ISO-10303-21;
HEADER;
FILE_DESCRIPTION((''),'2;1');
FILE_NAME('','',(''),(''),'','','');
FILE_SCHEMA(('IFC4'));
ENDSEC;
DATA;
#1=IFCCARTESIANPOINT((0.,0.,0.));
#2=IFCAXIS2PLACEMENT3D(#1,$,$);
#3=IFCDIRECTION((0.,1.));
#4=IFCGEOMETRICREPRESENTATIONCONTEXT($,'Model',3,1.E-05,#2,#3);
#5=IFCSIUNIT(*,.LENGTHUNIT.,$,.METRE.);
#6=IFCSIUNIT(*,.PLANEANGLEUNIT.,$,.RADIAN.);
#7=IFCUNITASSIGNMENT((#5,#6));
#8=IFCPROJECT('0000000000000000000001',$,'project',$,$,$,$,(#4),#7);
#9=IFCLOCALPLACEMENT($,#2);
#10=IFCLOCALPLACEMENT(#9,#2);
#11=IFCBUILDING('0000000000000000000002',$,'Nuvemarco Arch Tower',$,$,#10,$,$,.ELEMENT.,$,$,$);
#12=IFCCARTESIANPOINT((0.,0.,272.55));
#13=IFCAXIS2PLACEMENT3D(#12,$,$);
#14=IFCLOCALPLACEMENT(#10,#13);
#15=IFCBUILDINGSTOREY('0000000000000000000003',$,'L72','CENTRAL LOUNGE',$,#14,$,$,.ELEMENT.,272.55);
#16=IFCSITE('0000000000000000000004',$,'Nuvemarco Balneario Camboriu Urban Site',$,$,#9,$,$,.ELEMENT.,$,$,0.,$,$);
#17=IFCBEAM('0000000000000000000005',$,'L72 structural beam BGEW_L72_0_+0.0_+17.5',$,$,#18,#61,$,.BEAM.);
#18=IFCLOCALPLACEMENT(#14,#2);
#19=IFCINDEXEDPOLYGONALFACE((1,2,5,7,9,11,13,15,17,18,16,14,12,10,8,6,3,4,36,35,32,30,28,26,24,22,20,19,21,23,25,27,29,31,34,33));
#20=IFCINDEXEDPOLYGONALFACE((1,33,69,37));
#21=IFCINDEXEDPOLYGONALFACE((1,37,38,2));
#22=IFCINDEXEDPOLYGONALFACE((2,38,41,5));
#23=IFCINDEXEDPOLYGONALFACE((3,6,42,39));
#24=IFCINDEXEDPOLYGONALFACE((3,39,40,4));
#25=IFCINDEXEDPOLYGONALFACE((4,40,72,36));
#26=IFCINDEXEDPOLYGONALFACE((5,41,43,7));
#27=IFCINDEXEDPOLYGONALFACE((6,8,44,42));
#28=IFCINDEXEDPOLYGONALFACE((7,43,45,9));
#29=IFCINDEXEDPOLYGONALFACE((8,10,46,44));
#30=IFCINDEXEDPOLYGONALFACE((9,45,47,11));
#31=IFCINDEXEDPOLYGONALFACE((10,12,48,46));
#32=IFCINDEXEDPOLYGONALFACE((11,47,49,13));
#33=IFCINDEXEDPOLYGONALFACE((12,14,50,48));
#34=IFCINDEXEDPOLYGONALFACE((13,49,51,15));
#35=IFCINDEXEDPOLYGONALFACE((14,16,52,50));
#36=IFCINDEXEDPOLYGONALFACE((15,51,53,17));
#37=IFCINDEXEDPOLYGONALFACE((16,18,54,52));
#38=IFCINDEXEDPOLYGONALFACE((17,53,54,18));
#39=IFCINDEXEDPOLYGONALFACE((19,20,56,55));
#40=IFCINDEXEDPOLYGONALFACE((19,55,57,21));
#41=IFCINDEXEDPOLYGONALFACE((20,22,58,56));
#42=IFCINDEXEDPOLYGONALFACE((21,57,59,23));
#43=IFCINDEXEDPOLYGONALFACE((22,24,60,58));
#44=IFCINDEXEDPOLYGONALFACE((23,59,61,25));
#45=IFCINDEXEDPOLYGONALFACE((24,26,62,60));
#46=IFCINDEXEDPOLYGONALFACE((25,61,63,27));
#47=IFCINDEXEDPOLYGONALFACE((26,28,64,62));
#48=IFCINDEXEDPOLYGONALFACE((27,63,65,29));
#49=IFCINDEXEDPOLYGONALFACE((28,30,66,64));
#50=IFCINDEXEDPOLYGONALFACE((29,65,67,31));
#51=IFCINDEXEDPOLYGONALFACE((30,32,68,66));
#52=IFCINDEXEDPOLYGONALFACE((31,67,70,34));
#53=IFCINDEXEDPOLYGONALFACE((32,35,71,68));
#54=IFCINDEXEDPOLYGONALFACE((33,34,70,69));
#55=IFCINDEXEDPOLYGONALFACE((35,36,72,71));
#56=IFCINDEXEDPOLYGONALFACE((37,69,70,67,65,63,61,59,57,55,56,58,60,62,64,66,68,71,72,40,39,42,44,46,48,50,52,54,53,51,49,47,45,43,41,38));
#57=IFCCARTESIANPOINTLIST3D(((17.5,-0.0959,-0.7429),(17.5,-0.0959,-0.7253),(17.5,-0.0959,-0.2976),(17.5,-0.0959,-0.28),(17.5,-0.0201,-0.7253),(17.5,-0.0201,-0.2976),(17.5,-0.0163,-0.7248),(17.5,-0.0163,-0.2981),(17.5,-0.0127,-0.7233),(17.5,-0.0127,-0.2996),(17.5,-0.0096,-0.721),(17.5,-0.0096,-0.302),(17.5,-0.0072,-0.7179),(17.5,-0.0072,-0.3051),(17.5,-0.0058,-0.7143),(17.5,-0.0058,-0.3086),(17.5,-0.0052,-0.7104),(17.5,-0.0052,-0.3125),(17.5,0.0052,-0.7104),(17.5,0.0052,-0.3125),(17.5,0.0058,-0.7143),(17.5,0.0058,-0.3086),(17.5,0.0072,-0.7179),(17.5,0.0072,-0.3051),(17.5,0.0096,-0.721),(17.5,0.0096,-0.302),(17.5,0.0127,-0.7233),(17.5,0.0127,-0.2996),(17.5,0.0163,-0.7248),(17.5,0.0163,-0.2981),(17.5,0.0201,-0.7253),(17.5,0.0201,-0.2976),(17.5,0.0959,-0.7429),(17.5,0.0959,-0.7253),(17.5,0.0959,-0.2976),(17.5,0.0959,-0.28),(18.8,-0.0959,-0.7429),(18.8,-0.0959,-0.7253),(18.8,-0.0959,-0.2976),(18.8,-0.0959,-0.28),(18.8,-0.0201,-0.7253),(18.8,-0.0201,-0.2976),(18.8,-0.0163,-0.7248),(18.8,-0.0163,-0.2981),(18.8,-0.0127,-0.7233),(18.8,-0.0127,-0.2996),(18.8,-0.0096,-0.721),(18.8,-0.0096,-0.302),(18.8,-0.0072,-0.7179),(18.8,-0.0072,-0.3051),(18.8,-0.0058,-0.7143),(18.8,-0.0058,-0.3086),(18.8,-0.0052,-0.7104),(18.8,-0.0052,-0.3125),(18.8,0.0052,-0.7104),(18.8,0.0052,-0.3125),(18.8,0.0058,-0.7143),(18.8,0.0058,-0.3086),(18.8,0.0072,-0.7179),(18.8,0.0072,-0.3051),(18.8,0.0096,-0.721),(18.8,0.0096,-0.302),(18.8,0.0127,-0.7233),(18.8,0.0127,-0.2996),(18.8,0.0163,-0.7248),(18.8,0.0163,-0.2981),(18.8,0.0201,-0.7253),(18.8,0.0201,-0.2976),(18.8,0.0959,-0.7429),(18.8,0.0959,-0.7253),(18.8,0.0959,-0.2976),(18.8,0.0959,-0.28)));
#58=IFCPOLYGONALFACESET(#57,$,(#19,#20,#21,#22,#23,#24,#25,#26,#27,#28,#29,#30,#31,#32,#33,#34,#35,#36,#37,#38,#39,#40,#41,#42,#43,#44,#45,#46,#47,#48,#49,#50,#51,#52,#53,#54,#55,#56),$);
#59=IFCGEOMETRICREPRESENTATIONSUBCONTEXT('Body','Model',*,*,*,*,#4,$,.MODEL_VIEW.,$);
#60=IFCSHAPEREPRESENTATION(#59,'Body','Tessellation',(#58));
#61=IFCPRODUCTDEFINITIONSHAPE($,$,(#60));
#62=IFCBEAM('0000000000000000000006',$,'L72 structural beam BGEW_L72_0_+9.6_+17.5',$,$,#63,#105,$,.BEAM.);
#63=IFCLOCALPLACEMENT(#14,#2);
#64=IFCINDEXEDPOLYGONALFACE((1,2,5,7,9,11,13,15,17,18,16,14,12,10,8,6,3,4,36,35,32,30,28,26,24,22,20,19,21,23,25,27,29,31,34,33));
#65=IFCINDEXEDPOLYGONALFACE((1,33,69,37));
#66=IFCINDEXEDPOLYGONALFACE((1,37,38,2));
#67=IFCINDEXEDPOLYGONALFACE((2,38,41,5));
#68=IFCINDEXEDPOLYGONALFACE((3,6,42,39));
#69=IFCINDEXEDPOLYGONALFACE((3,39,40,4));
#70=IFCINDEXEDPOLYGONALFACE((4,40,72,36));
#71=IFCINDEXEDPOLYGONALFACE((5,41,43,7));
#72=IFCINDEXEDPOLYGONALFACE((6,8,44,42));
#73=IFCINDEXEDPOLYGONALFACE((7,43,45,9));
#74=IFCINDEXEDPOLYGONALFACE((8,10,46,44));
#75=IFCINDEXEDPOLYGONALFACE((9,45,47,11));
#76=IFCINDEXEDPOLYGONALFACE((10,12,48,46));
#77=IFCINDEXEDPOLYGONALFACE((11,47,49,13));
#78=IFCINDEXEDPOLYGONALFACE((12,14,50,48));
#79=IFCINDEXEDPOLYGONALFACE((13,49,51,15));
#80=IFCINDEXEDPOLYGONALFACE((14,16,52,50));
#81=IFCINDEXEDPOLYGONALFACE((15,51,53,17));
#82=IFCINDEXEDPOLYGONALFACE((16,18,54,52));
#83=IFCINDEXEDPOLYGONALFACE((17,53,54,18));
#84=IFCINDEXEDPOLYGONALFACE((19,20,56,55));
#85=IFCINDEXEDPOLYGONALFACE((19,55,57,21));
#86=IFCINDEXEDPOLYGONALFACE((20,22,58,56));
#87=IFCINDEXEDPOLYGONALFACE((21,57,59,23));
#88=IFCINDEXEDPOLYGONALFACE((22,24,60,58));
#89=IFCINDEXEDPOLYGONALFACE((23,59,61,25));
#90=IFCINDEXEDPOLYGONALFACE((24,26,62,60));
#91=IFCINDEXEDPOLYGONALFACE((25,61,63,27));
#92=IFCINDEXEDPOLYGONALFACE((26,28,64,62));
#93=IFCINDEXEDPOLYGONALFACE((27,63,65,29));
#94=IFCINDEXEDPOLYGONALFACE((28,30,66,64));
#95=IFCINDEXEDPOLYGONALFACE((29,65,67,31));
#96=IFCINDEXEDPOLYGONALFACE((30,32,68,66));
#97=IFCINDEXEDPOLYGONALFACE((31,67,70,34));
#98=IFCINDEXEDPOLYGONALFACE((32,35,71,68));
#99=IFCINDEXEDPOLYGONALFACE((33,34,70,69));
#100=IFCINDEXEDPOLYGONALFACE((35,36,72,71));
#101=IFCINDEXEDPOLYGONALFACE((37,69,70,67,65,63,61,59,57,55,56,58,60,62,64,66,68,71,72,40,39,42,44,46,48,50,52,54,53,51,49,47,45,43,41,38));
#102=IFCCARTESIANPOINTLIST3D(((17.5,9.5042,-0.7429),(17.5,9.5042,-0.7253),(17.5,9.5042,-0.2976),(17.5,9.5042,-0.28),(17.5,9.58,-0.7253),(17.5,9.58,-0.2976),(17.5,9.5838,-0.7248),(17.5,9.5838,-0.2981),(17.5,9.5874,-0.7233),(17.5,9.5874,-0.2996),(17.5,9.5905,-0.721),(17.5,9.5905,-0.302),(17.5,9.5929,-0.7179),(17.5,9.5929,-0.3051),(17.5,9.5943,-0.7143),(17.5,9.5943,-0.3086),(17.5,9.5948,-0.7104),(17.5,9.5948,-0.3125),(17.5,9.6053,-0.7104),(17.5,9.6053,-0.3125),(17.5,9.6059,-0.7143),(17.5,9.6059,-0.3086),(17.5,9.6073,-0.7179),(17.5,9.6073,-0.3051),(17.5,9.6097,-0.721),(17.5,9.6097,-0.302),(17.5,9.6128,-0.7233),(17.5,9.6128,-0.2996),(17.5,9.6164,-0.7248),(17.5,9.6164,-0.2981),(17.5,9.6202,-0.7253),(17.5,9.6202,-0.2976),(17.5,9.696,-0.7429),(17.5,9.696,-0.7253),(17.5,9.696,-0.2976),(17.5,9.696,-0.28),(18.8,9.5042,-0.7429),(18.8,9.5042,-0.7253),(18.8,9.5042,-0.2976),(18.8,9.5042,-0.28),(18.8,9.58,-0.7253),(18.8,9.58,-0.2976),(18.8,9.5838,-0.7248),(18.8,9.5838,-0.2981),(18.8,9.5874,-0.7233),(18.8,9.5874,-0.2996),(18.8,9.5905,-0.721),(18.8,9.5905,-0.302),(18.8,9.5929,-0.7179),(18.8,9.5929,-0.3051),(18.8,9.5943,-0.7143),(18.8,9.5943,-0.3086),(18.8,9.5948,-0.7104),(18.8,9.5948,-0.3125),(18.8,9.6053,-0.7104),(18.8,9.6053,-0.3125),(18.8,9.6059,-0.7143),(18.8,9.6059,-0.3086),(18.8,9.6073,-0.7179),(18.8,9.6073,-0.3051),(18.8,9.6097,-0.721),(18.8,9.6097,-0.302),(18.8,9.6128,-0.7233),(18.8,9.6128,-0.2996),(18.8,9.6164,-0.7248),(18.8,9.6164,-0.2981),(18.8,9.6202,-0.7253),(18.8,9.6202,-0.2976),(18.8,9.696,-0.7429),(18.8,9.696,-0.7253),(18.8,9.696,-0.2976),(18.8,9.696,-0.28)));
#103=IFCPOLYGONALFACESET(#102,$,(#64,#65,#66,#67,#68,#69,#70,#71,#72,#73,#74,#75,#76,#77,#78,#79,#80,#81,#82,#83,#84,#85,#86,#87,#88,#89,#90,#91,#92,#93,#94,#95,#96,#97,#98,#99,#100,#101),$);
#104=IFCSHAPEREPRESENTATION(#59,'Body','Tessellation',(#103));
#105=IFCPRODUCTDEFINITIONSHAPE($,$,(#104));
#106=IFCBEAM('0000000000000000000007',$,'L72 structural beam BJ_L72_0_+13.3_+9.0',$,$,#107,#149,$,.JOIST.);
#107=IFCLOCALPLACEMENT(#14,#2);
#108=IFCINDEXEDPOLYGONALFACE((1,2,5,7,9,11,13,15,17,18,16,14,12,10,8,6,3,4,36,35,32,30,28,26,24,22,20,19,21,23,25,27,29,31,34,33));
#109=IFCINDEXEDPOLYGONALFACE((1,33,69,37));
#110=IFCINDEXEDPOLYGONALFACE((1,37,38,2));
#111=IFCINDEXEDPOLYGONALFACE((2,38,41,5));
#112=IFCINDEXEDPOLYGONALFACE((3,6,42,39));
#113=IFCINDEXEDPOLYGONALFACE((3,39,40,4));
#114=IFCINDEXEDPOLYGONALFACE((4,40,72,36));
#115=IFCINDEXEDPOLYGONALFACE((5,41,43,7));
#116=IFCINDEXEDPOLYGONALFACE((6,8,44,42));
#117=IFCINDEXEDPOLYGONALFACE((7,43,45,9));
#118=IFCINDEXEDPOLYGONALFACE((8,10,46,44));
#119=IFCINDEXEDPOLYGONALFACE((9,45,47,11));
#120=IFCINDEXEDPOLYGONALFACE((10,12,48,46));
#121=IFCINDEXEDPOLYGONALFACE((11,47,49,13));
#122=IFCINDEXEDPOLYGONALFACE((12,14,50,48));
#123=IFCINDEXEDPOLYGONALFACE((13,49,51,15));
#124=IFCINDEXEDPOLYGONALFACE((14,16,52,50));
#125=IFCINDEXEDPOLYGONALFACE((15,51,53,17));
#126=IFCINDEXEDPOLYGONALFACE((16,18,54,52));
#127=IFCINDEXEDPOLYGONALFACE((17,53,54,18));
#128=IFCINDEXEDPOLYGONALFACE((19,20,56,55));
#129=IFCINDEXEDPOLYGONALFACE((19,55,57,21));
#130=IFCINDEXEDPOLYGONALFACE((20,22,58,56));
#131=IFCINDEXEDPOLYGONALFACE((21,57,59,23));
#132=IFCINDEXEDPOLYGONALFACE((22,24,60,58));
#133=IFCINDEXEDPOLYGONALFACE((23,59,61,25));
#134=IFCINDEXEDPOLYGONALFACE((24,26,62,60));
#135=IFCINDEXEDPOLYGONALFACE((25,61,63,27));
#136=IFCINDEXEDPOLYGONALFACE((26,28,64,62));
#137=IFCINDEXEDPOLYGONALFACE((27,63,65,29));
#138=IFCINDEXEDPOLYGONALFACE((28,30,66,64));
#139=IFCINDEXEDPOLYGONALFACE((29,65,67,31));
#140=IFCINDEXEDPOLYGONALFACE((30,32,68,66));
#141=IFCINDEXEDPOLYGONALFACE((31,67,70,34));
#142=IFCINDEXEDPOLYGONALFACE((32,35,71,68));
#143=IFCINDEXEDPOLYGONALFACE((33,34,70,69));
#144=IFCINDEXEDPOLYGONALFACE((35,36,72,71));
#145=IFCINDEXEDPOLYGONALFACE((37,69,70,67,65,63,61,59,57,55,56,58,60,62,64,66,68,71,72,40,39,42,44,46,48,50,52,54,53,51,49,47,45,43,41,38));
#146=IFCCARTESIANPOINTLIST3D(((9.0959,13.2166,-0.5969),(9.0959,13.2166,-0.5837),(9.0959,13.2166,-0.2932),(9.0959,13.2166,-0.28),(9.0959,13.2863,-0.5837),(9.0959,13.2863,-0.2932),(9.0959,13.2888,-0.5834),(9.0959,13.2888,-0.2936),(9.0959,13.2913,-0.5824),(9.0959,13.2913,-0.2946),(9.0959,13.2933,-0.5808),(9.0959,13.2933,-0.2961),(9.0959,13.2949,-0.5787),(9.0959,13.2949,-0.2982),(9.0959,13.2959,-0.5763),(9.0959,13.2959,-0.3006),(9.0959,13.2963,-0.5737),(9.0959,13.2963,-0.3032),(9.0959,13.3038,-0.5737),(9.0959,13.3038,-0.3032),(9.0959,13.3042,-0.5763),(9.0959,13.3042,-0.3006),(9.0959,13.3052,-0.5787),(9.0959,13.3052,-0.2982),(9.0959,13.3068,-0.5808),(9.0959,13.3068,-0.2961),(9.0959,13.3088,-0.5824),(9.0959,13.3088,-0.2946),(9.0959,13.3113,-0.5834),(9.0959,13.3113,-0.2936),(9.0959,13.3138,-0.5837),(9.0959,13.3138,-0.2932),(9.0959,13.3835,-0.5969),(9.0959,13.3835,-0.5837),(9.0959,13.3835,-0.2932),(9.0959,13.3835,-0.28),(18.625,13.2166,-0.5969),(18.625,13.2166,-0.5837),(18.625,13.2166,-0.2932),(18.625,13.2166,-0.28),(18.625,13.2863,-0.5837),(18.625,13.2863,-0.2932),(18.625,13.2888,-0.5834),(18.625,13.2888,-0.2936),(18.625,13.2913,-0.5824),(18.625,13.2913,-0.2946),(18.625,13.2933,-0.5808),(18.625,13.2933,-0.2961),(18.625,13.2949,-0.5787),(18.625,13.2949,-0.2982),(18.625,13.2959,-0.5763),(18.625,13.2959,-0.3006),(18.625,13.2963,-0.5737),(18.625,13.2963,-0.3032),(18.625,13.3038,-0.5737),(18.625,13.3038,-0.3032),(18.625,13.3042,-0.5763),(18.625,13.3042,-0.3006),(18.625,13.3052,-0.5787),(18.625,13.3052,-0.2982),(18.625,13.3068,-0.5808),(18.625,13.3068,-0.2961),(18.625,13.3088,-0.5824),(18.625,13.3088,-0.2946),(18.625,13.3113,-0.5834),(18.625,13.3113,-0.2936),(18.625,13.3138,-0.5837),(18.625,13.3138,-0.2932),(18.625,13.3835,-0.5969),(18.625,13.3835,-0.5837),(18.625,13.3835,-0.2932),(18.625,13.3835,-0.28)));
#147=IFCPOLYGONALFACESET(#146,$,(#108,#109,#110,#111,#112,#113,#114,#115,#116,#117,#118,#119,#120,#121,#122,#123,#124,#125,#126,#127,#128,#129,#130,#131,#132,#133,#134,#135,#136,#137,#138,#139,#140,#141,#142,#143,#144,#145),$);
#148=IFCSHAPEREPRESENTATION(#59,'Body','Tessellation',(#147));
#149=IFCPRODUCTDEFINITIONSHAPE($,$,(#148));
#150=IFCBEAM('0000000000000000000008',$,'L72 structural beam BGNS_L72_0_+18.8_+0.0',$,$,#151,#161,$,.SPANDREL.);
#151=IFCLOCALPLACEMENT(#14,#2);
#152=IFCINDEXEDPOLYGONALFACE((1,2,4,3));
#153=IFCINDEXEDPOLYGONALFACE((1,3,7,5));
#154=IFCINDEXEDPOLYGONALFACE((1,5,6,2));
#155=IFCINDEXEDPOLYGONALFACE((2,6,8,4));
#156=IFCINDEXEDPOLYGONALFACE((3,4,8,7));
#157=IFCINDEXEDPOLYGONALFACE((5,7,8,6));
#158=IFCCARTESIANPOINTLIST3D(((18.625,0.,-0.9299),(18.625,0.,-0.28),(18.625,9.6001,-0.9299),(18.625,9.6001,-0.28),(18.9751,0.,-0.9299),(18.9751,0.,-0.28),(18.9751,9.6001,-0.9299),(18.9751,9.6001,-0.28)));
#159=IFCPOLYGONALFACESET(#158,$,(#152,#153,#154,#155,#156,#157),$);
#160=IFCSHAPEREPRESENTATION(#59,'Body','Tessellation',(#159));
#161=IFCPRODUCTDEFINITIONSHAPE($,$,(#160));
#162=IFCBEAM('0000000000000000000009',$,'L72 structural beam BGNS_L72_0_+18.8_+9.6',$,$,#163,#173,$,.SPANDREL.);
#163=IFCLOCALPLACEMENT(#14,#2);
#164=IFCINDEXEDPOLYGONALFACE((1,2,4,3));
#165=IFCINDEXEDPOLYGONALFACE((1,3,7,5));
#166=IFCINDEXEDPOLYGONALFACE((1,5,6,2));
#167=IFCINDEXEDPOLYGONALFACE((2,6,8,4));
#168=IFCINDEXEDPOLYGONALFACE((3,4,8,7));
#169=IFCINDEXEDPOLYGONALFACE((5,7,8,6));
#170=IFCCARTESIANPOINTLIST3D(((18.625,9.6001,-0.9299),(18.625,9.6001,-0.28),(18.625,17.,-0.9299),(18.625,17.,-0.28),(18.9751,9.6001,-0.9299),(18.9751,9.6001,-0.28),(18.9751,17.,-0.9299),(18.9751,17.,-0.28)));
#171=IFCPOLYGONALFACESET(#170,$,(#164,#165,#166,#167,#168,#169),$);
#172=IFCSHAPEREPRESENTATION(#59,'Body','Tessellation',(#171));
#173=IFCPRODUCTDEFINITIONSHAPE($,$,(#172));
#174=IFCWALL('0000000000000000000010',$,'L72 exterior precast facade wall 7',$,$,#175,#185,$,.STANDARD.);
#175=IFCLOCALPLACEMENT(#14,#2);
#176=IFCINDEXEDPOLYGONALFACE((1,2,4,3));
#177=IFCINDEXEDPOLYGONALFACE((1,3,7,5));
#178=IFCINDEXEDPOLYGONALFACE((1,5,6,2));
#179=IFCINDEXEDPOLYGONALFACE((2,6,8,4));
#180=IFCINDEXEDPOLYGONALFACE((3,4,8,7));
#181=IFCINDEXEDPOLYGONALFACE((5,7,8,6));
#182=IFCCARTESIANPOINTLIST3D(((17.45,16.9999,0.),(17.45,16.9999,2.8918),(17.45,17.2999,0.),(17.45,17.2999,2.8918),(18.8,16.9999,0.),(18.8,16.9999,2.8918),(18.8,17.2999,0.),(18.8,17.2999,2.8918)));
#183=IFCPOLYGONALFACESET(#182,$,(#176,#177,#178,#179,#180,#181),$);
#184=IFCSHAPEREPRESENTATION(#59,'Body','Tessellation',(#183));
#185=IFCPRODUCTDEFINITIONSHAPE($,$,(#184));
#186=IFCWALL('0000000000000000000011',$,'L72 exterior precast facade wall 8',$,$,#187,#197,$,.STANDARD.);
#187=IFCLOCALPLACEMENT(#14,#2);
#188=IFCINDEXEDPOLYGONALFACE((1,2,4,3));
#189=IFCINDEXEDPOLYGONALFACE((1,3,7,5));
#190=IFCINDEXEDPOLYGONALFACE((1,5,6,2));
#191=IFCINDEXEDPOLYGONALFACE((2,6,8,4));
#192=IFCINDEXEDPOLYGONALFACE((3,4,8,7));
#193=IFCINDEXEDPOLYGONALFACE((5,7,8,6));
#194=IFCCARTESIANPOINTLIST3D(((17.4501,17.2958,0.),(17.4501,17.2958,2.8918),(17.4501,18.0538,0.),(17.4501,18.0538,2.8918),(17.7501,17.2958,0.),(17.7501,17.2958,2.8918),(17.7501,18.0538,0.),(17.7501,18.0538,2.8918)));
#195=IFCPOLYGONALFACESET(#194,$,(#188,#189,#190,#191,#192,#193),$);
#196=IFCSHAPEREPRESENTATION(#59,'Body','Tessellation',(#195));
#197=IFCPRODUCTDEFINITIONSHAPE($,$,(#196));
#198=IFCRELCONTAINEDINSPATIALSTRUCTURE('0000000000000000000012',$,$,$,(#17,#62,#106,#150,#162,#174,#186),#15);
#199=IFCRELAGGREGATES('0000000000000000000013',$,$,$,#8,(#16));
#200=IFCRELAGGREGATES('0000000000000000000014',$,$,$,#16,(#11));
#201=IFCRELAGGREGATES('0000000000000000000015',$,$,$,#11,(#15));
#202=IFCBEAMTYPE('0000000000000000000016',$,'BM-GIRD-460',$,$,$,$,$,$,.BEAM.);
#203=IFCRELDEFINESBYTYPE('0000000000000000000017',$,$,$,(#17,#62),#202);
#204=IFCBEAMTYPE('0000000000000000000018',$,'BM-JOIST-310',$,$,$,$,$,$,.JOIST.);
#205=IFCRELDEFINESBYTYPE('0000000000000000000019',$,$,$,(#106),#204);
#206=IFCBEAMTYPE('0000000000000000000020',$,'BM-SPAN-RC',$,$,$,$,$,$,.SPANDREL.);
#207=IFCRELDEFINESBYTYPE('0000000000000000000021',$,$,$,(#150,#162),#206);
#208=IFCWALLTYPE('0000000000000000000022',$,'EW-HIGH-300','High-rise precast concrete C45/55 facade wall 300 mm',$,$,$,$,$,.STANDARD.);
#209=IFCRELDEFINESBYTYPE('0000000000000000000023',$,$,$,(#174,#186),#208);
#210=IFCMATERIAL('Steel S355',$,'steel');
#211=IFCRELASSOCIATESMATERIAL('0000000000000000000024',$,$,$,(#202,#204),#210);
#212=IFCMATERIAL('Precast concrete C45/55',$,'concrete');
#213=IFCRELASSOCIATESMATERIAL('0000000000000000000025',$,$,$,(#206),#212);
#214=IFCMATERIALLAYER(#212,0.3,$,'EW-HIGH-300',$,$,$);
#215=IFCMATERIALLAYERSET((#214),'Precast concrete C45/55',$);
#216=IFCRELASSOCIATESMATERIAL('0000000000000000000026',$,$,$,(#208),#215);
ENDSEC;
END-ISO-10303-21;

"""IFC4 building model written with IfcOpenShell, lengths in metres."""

from ifc_helpers import new_model, si_unit, direction, frame, frame_2d, origin, origin_2d, place, context, subcontext, project, spatial, rectangle, i_section, extrude, material, layer, layer_set, material_profile, profile_set, type_object, element, save


model = new_model("IFC4")

# Units and contexts
model_context = context("Model", 3, precision=1e-05, world=origin(), true_north=direction((0.0, 1.0)))
body_context = subcontext(model_context, "Body", "Model", "MODEL_VIEW")
ifc_project = project(units=[si_unit("LENGTHUNIT", "METRE"), si_unit("PLANEANGLEUNIT", "RADIAN")], contexts=[model_context])

# Site, building, storey
site_placement = place(None, origin())
site = spatial("IfcSite", under=ifc_project, at=site_placement, Name="Nuvemarco Balneario Camboriu Urban Site", CompositionType="ELEMENT", RefElevation=0.0)
building_placement = place(site_placement, origin())
building = spatial("IfcBuilding", under=site, at=building_placement, Name="Nuvemarco Arch Tower", CompositionType="ELEMENT")
storey_placement = place(building_placement, frame((0.0, 0.0, 272.55)))
storey = spatial("IfcBuildingStorey", under=building, at=storey_placement, Name="L72", Description="CENTRAL LOUNGE", CompositionType="ELEMENT", Elevation=272.55)

# Shared definitions
ifc_material_1 = material(Name="Steel S355", Category="steel")

# Beams
ifc_material_profile_1 = material_profile(ifc_material_1, i_section(OverallWidth=0.1919, OverallDepth=0.4629, WebThickness=0.0105, FlangeThickness=0.0176, FilletRadius=0.0149, at=origin_2d()), Name="W460x89")
ifc_profile_set_1 = profile_set([ifc_material_profile_1], Name="Steel S355")
beam_type_1 = type_object("IfcBeamType", Name="BM-GIRD-460", PredefinedType="BEAM", material=ifc_profile_set_1)
for number, where, z_axis, x_axis, name in (
    (1, (17.5, 0.0, -0.5115), (1.0, 0.0, 0.0), (0.0, 1.0, 0.0), "L72 structural beam BGEW_L72_0_+0.0_+17.5"),
    (2, (17.5, 9.6001, -0.5115), (1.0, 0.0, 0.0), (0.0, 1.0, 0.0), "L72 structural beam BGEW_L72_0_+9.6_+17.5"),
):
    element("IfcBeam", number, at=place(storey_placement, frame(where, z_axis=z_axis, x_axis=x_axis)), inside=storey, type_object=beam_type_1, Name=name, PredefinedType="BEAM", context=body_context, shape_type="SweptSolid", body=[
        extrude(i_section(OverallWidth=0.1919, OverallDepth=0.4629, WebThickness=0.0105, FlangeThickness=0.0176, FilletRadius=0.0149, at=origin_2d()), origin(), (0.0, 0.0, 1.0), 1.3),
    ])
ifc_material_profile_2 = material_profile(ifc_material_1, i_section(OverallWidth=0.167, OverallDepth=0.3169, WebThickness=0.0076, FlangeThickness=0.0132, FilletRadius=0.01, at=origin_2d()), Name="W310x52")
ifc_profile_set_2 = profile_set([ifc_material_profile_2], Name="Steel S355")
beam_type_2 = type_object("IfcBeamType", Name="BM-JOIST-310", PredefinedType="JOIST", material=ifc_profile_set_2)
beam_1_placement = place(storey_placement, frame((9.0959, 13.3, -0.4385), z_axis=(1.0, 0.0, 0.0), x_axis=(0.0, 1.0, 0.0)))
element("IfcBeam", 3, at=beam_1_placement, inside=storey, type_object=beam_type_2, Name="L72 structural beam BJ_L72_0_+13.3_+9.0", PredefinedType="JOIST", context=body_context, shape_type="SweptSolid", body=[
    extrude(i_section(OverallWidth=0.167, OverallDepth=0.3169, WebThickness=0.0076, FlangeThickness=0.0132, FilletRadius=0.01, at=origin_2d()), origin(), (0.0, 0.0, 1.0), 9.5291),
])
ifc_material_2 = material(Name="Precast concrete C45/55", Category="concrete")
ifc_material_profile_3 = material_profile(ifc_material_2, rectangle(XDim=0.3501, YDim=0.6499, at=origin_2d()), Name="PC-SP-350x650")
ifc_profile_set_3 = profile_set([ifc_material_profile_3], Name="Precast concrete C45/55")
beam_type_3 = type_object("IfcBeamType", Name="BM-SPAN-RC", PredefinedType="SPANDREL", material=ifc_profile_set_3)
beam_2_placement = place(storey_placement, frame((18.8, 0.0, -0.605), z_axis=(0.0, 1.0, 0.0), x_axis=(-1.0, 0.0, 0.0)))
element("IfcBeam", 4, at=beam_2_placement, inside=storey, type_object=beam_type_3, Name="L72 structural beam BGNS_L72_0_+18.8_+0.0", PredefinedType="SPANDREL", context=body_context, shape_type="SweptSolid", body=[
    extrude(rectangle(XDim=0.3501, YDim=0.6499, at=origin_2d()), origin(), (0.0, 0.0, 1.0), 9.6001),
])
beam_3_placement = place(storey_placement, frame((18.8, 9.6001, -0.605), z_axis=(0.0, 1.0, 0.0), x_axis=(-1.0, 0.0, 0.0)))
element("IfcBeam", 5, at=beam_3_placement, inside=storey, type_object=beam_type_3, Name="L72 structural beam BGNS_L72_0_+18.8_+9.6", PredefinedType="SPANDREL", context=body_context, shape_type="SweptSolid", body=[
    extrude(rectangle(XDim=0.3501, YDim=0.6499, at=origin_2d()), origin(), (0.0, 0.0, 1.0), 7.3999),
])

# Walls
ifc_layer_1 = layer(ifc_material_2, 0.3, Name="EW-HIGH-300")
ifc_layer_set_1 = layer_set([ifc_layer_1], Name="Precast concrete C45/55")
wall_type_1 = type_object("IfcWallType", Name="EW-HIGH-300", Description="High-rise precast concrete C45/55 facade wall 300 mm", PredefinedType="STANDARD", material=ifc_layer_set_1)
wall_1_placement = place(storey_placement, frame((17.45, 17.1499, 0.0), z_axis=(0.0, 0.0, 1.0), x_axis=(1.0, 0.0, 0.0)))
element("IfcWall", 6, at=wall_1_placement, inside=storey, type_object=wall_type_1, Name="L72 exterior precast facade wall 7", PredefinedType="STANDARD", context=body_context, shape_type="SweptSolid", body=[
    extrude(rectangle(XDim=1.3501, YDim=0.3, at=frame_2d((0.675, 0.0))), origin(), (0.0, 0.0, 1.0), 2.8918),
])
wall_2_placement = place(storey_placement, frame((17.6001, 17.2959, 0.0), z_axis=(0.0, 0.0, 1.0), x_axis=(0.0, 1.0, 0.0)))
element("IfcWall", 7, at=wall_2_placement, inside=storey, type_object=wall_type_1, Name="L72 exterior precast facade wall 8", PredefinedType="STANDARD", context=body_context, shape_type="SweptSolid", body=[
    extrude(rectangle(XDim=0.7581, YDim=0.3, at=frame_2d((0.3789, 0.0))), origin(), (0.0, 0.0, 1.0), 2.8918),
])

save(model, "model.ifc")
